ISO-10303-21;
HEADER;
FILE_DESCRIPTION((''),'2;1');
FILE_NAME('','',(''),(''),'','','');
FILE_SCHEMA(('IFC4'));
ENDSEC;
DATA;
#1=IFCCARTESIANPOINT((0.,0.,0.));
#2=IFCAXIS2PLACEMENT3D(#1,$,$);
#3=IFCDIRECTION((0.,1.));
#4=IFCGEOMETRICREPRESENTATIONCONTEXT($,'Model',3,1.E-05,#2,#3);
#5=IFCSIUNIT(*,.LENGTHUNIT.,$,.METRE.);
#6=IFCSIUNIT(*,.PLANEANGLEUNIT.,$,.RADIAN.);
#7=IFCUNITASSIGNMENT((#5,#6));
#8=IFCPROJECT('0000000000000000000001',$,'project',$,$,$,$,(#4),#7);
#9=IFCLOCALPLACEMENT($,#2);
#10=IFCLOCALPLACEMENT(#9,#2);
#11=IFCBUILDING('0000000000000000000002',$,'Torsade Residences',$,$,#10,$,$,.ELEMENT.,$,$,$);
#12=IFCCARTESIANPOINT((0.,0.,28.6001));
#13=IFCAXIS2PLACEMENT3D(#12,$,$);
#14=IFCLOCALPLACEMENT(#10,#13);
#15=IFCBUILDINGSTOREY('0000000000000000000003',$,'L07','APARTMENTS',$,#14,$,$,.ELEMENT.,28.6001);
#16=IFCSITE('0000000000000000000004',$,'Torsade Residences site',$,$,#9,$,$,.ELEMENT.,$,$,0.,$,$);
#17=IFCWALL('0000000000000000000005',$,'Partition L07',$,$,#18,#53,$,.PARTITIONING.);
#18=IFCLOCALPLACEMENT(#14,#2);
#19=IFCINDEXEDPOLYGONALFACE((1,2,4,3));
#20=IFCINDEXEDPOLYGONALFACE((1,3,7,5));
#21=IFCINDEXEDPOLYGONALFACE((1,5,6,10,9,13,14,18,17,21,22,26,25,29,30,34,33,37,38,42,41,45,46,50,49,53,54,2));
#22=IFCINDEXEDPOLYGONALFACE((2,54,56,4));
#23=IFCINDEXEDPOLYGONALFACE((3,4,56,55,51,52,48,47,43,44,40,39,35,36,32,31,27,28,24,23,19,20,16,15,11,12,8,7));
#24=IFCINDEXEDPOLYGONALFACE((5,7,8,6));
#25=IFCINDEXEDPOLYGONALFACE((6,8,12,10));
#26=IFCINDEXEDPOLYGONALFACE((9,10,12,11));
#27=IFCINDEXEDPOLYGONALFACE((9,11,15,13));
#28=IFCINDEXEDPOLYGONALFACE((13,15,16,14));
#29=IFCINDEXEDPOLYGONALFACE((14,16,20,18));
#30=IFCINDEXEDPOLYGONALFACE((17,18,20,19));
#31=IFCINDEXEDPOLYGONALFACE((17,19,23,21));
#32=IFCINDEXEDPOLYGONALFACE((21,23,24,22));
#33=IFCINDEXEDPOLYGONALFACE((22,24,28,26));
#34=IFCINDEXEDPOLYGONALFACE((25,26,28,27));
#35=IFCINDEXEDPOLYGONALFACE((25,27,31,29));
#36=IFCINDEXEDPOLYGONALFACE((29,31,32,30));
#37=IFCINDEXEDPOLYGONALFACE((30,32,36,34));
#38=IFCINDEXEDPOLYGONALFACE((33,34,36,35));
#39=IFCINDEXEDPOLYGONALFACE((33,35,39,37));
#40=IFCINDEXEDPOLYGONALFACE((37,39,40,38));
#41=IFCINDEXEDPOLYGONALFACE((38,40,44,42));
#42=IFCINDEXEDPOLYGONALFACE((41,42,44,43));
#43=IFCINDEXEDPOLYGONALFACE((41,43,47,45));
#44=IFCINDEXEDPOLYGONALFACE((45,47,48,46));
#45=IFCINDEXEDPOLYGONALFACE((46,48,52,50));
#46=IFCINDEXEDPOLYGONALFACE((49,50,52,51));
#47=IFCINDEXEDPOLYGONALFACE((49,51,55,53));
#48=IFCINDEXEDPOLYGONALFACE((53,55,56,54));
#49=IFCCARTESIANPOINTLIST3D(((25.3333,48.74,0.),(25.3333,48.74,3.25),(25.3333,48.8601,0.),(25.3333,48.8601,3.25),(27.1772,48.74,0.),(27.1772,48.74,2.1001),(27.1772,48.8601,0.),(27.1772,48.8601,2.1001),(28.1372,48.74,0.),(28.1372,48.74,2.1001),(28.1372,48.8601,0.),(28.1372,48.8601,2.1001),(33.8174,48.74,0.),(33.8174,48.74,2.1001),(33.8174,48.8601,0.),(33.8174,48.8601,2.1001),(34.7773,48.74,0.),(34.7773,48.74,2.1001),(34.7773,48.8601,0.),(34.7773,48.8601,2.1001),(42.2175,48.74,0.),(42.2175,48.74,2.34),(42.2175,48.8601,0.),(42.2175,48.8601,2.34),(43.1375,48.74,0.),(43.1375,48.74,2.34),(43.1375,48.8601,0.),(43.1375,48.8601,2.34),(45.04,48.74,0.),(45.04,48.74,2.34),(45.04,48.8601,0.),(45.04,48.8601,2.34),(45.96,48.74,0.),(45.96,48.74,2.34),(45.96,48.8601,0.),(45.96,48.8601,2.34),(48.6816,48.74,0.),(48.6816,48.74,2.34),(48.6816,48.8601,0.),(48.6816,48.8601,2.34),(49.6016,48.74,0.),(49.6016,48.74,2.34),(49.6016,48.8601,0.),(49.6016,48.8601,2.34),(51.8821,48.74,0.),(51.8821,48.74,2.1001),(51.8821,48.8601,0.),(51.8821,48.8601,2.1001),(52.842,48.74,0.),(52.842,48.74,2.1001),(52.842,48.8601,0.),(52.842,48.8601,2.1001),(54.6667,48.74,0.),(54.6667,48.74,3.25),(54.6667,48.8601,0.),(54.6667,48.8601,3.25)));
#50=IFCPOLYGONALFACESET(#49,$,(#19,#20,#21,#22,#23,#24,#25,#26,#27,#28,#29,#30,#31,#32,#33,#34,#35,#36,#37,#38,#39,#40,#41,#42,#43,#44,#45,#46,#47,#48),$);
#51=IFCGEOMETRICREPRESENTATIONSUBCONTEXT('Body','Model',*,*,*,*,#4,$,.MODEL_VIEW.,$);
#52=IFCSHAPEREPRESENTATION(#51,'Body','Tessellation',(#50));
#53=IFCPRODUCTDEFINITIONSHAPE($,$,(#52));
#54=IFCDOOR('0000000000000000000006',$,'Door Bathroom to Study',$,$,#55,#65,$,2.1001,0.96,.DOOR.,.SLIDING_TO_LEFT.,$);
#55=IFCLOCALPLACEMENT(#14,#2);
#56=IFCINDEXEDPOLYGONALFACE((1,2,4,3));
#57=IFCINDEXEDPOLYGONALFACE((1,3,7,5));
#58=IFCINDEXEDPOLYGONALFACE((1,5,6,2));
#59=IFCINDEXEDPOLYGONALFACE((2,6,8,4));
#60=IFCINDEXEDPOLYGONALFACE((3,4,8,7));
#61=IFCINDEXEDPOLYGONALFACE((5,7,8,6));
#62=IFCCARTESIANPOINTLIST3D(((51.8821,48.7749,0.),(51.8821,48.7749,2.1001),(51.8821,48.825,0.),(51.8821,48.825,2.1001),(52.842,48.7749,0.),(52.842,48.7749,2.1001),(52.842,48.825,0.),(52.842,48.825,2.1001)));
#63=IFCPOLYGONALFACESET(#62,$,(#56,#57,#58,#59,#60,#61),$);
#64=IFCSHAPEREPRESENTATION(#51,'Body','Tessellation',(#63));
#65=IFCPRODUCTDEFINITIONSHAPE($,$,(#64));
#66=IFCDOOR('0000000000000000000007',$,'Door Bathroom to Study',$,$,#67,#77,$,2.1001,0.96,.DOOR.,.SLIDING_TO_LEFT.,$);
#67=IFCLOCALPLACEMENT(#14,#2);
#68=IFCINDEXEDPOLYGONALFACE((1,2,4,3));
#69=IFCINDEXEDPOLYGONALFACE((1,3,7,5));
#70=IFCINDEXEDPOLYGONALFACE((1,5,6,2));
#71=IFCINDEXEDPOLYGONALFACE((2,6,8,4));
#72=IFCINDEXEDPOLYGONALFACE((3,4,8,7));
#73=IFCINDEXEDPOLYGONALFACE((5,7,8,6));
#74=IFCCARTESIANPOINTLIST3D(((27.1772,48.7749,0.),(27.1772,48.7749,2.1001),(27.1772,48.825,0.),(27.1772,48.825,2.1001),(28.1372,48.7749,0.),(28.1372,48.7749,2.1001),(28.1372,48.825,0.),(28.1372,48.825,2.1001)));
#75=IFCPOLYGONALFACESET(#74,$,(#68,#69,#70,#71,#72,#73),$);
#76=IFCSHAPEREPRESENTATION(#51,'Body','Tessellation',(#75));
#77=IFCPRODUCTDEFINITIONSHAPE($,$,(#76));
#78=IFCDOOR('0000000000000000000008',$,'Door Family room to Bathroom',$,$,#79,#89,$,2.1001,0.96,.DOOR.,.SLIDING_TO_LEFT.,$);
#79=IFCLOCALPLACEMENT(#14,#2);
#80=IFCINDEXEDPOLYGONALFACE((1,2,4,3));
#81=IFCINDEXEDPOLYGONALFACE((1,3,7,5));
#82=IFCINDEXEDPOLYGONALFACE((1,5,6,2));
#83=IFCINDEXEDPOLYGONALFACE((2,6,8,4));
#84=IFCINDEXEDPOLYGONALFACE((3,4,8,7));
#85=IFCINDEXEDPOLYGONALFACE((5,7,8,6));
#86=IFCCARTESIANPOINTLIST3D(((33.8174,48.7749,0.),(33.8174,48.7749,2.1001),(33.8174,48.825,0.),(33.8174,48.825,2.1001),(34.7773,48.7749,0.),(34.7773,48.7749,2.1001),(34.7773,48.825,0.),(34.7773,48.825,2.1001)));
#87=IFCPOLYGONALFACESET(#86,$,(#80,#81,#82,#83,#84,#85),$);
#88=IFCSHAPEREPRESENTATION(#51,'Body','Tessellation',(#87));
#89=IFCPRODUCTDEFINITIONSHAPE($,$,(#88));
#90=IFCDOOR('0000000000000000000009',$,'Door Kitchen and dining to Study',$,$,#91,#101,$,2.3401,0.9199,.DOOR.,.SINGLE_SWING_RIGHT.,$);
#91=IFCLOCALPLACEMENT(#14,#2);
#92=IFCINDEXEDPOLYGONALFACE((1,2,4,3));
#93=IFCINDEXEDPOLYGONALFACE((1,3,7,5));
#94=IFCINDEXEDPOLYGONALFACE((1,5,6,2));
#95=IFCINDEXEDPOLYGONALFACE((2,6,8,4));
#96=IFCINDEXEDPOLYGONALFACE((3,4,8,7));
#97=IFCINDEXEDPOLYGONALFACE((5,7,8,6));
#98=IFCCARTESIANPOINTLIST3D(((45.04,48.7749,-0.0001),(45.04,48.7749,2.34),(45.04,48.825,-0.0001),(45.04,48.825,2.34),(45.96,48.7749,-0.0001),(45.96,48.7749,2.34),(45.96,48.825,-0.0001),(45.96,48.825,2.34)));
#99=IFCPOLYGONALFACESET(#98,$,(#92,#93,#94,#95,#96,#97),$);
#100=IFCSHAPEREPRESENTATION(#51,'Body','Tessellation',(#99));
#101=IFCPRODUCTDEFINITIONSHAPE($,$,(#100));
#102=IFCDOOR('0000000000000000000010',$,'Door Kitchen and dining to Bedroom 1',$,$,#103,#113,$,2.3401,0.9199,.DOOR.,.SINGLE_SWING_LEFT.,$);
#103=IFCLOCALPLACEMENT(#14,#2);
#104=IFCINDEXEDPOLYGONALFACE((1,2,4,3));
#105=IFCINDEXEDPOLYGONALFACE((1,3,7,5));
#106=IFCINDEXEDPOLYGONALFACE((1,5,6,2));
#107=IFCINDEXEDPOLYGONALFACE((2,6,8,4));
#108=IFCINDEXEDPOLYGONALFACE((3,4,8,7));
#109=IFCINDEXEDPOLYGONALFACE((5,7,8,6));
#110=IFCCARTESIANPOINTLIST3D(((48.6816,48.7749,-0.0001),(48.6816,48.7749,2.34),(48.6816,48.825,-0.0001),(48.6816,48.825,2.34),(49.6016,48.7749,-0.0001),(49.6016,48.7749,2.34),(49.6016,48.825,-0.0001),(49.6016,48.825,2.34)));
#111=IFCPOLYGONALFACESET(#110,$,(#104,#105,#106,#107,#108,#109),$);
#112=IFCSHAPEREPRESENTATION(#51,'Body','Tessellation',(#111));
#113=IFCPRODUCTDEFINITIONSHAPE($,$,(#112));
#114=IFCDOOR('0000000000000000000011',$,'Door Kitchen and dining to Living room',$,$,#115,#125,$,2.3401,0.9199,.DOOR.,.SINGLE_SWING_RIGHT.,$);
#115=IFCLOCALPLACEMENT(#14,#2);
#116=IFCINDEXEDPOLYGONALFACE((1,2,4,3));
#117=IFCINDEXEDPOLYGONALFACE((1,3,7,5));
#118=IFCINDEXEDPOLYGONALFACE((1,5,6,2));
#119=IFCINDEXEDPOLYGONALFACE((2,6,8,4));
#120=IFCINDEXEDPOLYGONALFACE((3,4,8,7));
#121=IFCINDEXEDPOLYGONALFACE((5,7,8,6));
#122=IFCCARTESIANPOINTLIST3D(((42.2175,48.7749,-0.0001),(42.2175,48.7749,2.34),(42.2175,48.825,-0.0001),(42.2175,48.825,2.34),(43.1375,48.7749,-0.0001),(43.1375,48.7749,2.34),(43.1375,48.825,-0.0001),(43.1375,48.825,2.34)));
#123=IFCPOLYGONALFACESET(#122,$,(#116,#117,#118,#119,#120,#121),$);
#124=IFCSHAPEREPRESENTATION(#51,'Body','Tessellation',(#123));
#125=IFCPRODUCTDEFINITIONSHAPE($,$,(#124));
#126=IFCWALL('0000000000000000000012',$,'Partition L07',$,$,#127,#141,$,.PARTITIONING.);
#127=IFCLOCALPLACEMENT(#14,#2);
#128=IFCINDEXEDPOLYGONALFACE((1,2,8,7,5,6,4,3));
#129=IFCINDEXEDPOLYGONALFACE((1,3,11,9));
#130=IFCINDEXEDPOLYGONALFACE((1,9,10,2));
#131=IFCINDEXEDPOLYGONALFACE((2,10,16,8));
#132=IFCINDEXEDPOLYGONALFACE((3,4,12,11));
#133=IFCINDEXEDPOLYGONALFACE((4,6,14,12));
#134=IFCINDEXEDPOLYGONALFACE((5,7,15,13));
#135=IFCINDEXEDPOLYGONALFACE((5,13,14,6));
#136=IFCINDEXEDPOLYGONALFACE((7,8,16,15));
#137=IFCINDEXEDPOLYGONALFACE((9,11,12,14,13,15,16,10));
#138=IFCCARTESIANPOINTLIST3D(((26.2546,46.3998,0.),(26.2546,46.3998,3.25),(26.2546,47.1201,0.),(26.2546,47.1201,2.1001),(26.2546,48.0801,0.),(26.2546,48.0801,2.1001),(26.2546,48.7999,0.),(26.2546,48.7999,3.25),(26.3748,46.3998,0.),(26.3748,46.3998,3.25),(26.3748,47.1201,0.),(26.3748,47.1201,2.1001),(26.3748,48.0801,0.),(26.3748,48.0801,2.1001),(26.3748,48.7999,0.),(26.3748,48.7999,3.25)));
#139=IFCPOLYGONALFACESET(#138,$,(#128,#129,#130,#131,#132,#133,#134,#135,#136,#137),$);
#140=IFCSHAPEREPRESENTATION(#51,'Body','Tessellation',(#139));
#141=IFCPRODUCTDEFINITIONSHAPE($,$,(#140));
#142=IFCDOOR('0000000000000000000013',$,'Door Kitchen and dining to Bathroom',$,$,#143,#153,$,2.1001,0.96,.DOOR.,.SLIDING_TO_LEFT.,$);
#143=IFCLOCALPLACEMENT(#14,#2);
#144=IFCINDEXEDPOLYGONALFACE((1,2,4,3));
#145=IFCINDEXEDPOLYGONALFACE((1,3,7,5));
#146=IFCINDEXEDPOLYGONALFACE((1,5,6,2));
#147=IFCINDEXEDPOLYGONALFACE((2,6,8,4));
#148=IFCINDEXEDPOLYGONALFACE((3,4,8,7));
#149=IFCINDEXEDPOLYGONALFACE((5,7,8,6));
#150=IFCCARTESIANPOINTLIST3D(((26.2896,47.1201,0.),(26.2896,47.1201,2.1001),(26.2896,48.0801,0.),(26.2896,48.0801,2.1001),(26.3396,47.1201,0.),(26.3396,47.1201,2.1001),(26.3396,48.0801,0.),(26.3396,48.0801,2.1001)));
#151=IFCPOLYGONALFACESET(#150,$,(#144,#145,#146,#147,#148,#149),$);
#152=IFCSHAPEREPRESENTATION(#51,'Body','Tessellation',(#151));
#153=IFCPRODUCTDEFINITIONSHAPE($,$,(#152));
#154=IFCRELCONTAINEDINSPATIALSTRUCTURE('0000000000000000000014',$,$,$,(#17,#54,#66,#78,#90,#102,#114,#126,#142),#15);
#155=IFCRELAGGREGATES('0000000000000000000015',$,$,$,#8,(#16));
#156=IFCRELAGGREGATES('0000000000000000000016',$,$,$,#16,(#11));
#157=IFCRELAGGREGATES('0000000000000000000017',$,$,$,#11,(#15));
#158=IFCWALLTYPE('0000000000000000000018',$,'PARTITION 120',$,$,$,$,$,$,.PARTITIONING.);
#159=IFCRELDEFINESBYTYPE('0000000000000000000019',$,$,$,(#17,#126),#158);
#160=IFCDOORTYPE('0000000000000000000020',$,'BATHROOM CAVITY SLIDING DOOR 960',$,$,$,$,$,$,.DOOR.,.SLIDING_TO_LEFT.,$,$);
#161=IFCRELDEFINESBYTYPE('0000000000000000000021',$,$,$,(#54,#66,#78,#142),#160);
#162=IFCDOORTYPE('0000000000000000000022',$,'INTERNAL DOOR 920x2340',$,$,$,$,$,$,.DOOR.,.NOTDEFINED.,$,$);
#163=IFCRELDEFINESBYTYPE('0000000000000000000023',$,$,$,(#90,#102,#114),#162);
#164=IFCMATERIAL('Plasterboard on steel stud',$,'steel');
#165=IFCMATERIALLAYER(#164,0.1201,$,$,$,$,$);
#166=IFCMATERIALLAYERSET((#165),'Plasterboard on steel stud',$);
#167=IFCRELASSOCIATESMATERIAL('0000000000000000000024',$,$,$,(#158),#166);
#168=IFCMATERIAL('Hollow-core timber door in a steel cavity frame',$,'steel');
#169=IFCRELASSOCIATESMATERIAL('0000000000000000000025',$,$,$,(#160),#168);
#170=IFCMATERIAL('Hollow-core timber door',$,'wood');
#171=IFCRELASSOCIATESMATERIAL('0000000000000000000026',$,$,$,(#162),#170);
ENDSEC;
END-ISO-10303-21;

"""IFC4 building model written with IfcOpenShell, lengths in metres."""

from ifc_helpers import new_model, si_unit, direction, frame, frame_2d, origin, place, context, subcontext, project, spatial, rectangle, extrude, material, layer, layer_set, type_object, element, fill, save


model = new_model("IFC4")

# Units and contexts
model_context = context("Model", 3, precision=1e-05, world=origin(), true_north=direction((0.0, 1.0)))
body_context = subcontext(model_context, "Body", "Model", "MODEL_VIEW")
ifc_project = project(units=[si_unit("LENGTHUNIT", "METRE"), si_unit("PLANEANGLEUNIT", "RADIAN")], contexts=[model_context])

# Site, building, storey
site_placement = place(None, origin())
site = spatial("IfcSite", under=ifc_project, at=site_placement, Name="Torsade Residences site", CompositionType="ELEMENT", RefElevation=0.0)
building_placement = place(site_placement, origin())
building = spatial("IfcBuilding", under=site, at=building_placement, Name="Torsade Residences", CompositionType="ELEMENT")
storey_placement = place(building_placement, frame((0.0, 0.0, 28.6001)))
storey = spatial("IfcBuildingStorey", under=building, at=storey_placement, Name="L07", Description="APARTMENTS", CompositionType="ELEMENT", Elevation=28.6001)

# Wall, openings, doors
ifc_material_1 = material(Name="Plasterboard on steel stud", Category="steel")
ifc_layer_1 = layer(ifc_material_1, 0.1201)
ifc_layer_set_1 = layer_set([ifc_layer_1], Name="Plasterboard on steel stud")
wall_type_1 = type_object("IfcWallType", Name="PARTITION 120", PredefinedType="PARTITIONING", material=ifc_layer_set_1)
wall_1_placement = place(storey_placement, frame((25.3333, 48.8, 0.0), z_axis=(0.0, 0.0, 1.0), x_axis=(1.0, 0.0, 0.0)))
wall_1 = element("IfcWall", 1, at=wall_1_placement, inside=storey, type_object=wall_type_1, Name="Partition L07", PredefinedType="PARTITIONING", context=body_context, shape_type="SweptSolid", body=[
    extrude(rectangle(XDim=29.3335, YDim=0.1201, at=frame_2d((14.6667, 0.0))), origin(), (0.0, 0.0, 1.0), 3.25),
])
opening_1_placement = place(wall_1_placement, frame((19.7068, 0.0, 0.0)))
opening_1 = element("IfcOpeningElement", 2, at=opening_1_placement, cuts=wall_1, PredefinedType="OPENING", context=body_context, shape_type="SweptSolid", body=[
    extrude(rectangle(XDim=0.9199, YDim=2.3401, at=frame_2d((0.46, 1.1699))), frame((0.0, 0.0701, 0.0), z_axis=(0.0, -1.0, 0.0), x_axis=(1.0, 0.0, 0.0)), (0.0, 0.0, 1.0), 0.1401),
])
opening_2_placement = place(wall_1_placement, frame((23.3484, 0.0, 0.0)))
opening_2 = element("IfcOpeningElement", 3, at=opening_2_placement, cuts=wall_1, PredefinedType="OPENING", context=body_context, shape_type="SweptSolid", body=[
    extrude(rectangle(XDim=0.9199, YDim=2.3401, at=frame_2d((0.46, 1.1699))), frame((0.0, 0.0701, 0.0), z_axis=(0.0, -1.0, 0.0), x_axis=(1.0, 0.0, 0.0)), (0.0, 0.0, 1.0), 0.1401),
])
opening_3_placement = place(wall_1_placement, frame((16.8843, 0.0, 0.0)))
opening_3 = element("IfcOpeningElement", 4, at=opening_3_placement, cuts=wall_1, PredefinedType="OPENING", context=body_context, shape_type="SweptSolid", body=[
    extrude(rectangle(XDim=0.9199, YDim=2.3401, at=frame_2d((0.46, 1.1699))), frame((0.0, 0.0701, 0.0), z_axis=(0.0, -1.0, 0.0), x_axis=(1.0, 0.0, 0.0)), (0.0, 0.0, 1.0), 0.1401),
])
opening_4_placement = place(wall_1_placement, frame((26.5488, 0.0, 0.0)))
opening_4 = element("IfcOpeningElement", 5, at=opening_4_placement, cuts=wall_1, PredefinedType="OPENING", context=body_context, shape_type="SweptSolid", body=[
    extrude(rectangle(XDim=0.96, YDim=2.1001, at=frame_2d((0.48, 1.05))), frame((0.0, 0.0701, 0.0), z_axis=(0.0, -1.0, 0.0), x_axis=(1.0, 0.0, 0.0)), (0.0, 0.0, 1.0), 0.1401),
])
opening_5_placement = place(wall_1_placement, frame((1.844, 0.0, 0.0)))
opening_5 = element("IfcOpeningElement", 6, at=opening_5_placement, cuts=wall_1, PredefinedType="OPENING", context=body_context, shape_type="SweptSolid", body=[
    extrude(rectangle(XDim=0.96, YDim=2.1001, at=frame_2d((0.48, 1.05))), frame((0.0, 0.0701, 0.0), z_axis=(0.0, -1.0, 0.0), x_axis=(1.0, 0.0, 0.0)), (0.0, 0.0, 1.0), 0.1401),
])
opening_6_placement = place(wall_1_placement, frame((8.4841, 0.0, 0.0)))
opening_6 = element("IfcOpeningElement", 7, at=opening_6_placement, cuts=wall_1, PredefinedType="OPENING", context=body_context, shape_type="SweptSolid", body=[
    extrude(rectangle(XDim=0.96, YDim=2.1001, at=frame_2d((0.48, 1.05))), frame((0.0, 0.0701, 0.0), z_axis=(0.0, -1.0, 0.0), x_axis=(1.0, 0.0, 0.0)), (0.0, 0.0, 1.0), 0.1401),
])
ifc_material_2 = material(Name="Hollow-core timber door in a steel cavity frame", Category="steel")
door_type_1 = type_object("IfcDoorType", Name="BATHROOM CAVITY SLIDING DOOR 960", OperationType="SLIDING_TO_LEFT", PredefinedType="DOOR", material=ifc_material_2)
door_1_placement = place(opening_4_placement, origin())
door_1 = element("IfcDoor", 8, at=door_1_placement, inside=storey, type_object=door_type_1, Name="Door Bathroom to Study", OperationType="SLIDING_TO_LEFT", OverallHeight=2.1001, OverallWidth=0.96, PredefinedType="DOOR", context=body_context, shape_type="SweptSolid", body=[
    extrude(rectangle(XDim=0.96, YDim=2.1001, at=frame_2d((0.48, 1.05))), frame((0.0, 0.0249, 0.0), z_axis=(0.0, -1.0, 0.0), x_axis=(1.0, 0.0, 0.0)), (0.0, 0.0, 1.0), 0.05),
])
fill(opening_4, door_1)
door_2_placement = place(opening_5_placement, origin())
door_2 = element("IfcDoor", 9, at=door_2_placement, inside=storey, type_object=door_type_1, Name="Door Bathroom to Study", OperationType="SLIDING_TO_LEFT", OverallHeight=2.1001, OverallWidth=0.96, PredefinedType="DOOR", context=body_context, shape_type="SweptSolid", body=[
    extrude(rectangle(XDim=0.96, YDim=2.1001, at=frame_2d((0.48, 1.05))), frame((0.0, 0.0249, 0.0), z_axis=(0.0, -1.0, 0.0), x_axis=(1.0, 0.0, 0.0)), (0.0, 0.0, 1.0), 0.05),
])
fill(opening_5, door_2)
door_3_placement = place(opening_6_placement, origin())
door_3 = element("IfcDoor", 10, at=door_3_placement, inside=storey, type_object=door_type_1, Name="Door Family room to Bathroom", OperationType="SLIDING_TO_LEFT", OverallHeight=2.1001, OverallWidth=0.96, PredefinedType="DOOR", context=body_context, shape_type="SweptSolid", body=[
    extrude(rectangle(XDim=0.96, YDim=2.1001, at=frame_2d((0.48, 1.05))), frame((0.0, 0.0249, 0.0), z_axis=(0.0, -1.0, 0.0), x_axis=(1.0, 0.0, 0.0)), (0.0, 0.0, 1.0), 0.05),
])
fill(opening_6, door_3)
ifc_material_3 = material(Name="Hollow-core timber door", Category="wood")
door_type_2 = type_object("IfcDoorType", Name="INTERNAL DOOR 920x2340", OperationType="NOTDEFINED", PredefinedType="DOOR", material=ifc_material_3)
door_4_placement = place(opening_1_placement, origin())
door_4 = element("IfcDoor", 11, at=door_4_placement, inside=storey, type_object=door_type_2, Name="Door Kitchen and dining to Study", OperationType="SINGLE_SWING_RIGHT", OverallHeight=2.3401, OverallWidth=0.9199, PredefinedType="DOOR", context=body_context, shape_type="SweptSolid", body=[
    extrude(rectangle(XDim=0.9199, YDim=2.3401, at=frame_2d((0.46, 1.1699))), frame((0.0, 0.0249, 0.0), z_axis=(0.0, -1.0, 0.0), x_axis=(1.0, 0.0, 0.0)), (0.0, 0.0, 1.0), 0.05),
])
fill(opening_1, door_4)
door_5_placement = place(opening_2_placement, origin())
door_5 = element("IfcDoor", 12, at=door_5_placement, inside=storey, type_object=door_type_2, Name="Door Kitchen and dining to Bedroom 1", OperationType="SINGLE_SWING_LEFT", OverallHeight=2.3401, OverallWidth=0.9199, PredefinedType="DOOR", context=body_context, shape_type="SweptSolid", body=[
    extrude(rectangle(XDim=0.9199, YDim=2.3401, at=frame_2d((0.46, 1.1699))), frame((0.0, 0.0249, 0.0), z_axis=(0.0, -1.0, 0.0), x_axis=(1.0, 0.0, 0.0)), (0.0, 0.0, 1.0), 0.05),
])
fill(opening_2, door_5)
door_6_placement = place(opening_3_placement, origin())
door_6 = element("IfcDoor", 13, at=door_6_placement, inside=storey, type_object=door_type_2, Name="Door Kitchen and dining to Living room", OperationType="SINGLE_SWING_RIGHT", OverallHeight=2.3401, OverallWidth=0.9199, PredefinedType="DOOR", context=body_context, shape_type="SweptSolid", body=[
    extrude(rectangle(XDim=0.9199, YDim=2.3401, at=frame_2d((0.46, 1.1699))), frame((0.0, 0.0249, 0.0), z_axis=(0.0, -1.0, 0.0), x_axis=(1.0, 0.0, 0.0)), (0.0, 0.0, 1.0), 0.05),
])
fill(opening_3, door_6)

# Wall, opening, door
wall_2_placement = place(storey_placement, frame((26.3147, 48.8, 0.0), z_axis=(0.0, 0.0, 1.0), x_axis=(0.0, -1.0, 0.0)))
wall_2 = element("IfcWall", 14, at=wall_2_placement, inside=storey, type_object=wall_type_1, Name="Partition L07", PredefinedType="PARTITIONING", context=body_context, shape_type="SweptSolid", body=[
    extrude(rectangle(XDim=2.4001, YDim=0.1201, at=frame_2d((1.2002, 0.0))), origin(), (0.0, 0.0, 1.0), 3.25),
])
opening_7_placement = place(wall_2_placement, frame((0.72, 0.0, 0.0)))
opening_7 = element("IfcOpeningElement", 15, at=opening_7_placement, cuts=wall_2, PredefinedType="OPENING", context=body_context, shape_type="SweptSolid", body=[
    extrude(rectangle(XDim=0.96, YDim=2.1001, at=frame_2d((0.48, 1.05))), frame((0.0, 0.0701, 0.0), z_axis=(0.0, -1.0, 0.0), x_axis=(1.0, 0.0, 0.0)), (0.0, 0.0, 1.0), 0.1401),
])
door_7_placement = place(opening_7_placement, origin())
door_7 = element("IfcDoor", 16, at=door_7_placement, inside=storey, type_object=door_type_1, Name="Door Kitchen and dining to Bathroom", OperationType="SLIDING_TO_LEFT", OverallHeight=2.1001, OverallWidth=0.96, PredefinedType="DOOR", context=body_context, shape_type="SweptSolid", body=[
    extrude(rectangle(XDim=0.96, YDim=2.1001, at=frame_2d((0.48, 1.05))), frame((0.0, 0.0249, 0.0), z_axis=(0.0, -1.0, 0.0), x_axis=(1.0, 0.0, 0.0)), (0.0, 0.0, 1.0), 0.05),
])
fill(opening_7, door_7)

save(model, "model.ifc")
